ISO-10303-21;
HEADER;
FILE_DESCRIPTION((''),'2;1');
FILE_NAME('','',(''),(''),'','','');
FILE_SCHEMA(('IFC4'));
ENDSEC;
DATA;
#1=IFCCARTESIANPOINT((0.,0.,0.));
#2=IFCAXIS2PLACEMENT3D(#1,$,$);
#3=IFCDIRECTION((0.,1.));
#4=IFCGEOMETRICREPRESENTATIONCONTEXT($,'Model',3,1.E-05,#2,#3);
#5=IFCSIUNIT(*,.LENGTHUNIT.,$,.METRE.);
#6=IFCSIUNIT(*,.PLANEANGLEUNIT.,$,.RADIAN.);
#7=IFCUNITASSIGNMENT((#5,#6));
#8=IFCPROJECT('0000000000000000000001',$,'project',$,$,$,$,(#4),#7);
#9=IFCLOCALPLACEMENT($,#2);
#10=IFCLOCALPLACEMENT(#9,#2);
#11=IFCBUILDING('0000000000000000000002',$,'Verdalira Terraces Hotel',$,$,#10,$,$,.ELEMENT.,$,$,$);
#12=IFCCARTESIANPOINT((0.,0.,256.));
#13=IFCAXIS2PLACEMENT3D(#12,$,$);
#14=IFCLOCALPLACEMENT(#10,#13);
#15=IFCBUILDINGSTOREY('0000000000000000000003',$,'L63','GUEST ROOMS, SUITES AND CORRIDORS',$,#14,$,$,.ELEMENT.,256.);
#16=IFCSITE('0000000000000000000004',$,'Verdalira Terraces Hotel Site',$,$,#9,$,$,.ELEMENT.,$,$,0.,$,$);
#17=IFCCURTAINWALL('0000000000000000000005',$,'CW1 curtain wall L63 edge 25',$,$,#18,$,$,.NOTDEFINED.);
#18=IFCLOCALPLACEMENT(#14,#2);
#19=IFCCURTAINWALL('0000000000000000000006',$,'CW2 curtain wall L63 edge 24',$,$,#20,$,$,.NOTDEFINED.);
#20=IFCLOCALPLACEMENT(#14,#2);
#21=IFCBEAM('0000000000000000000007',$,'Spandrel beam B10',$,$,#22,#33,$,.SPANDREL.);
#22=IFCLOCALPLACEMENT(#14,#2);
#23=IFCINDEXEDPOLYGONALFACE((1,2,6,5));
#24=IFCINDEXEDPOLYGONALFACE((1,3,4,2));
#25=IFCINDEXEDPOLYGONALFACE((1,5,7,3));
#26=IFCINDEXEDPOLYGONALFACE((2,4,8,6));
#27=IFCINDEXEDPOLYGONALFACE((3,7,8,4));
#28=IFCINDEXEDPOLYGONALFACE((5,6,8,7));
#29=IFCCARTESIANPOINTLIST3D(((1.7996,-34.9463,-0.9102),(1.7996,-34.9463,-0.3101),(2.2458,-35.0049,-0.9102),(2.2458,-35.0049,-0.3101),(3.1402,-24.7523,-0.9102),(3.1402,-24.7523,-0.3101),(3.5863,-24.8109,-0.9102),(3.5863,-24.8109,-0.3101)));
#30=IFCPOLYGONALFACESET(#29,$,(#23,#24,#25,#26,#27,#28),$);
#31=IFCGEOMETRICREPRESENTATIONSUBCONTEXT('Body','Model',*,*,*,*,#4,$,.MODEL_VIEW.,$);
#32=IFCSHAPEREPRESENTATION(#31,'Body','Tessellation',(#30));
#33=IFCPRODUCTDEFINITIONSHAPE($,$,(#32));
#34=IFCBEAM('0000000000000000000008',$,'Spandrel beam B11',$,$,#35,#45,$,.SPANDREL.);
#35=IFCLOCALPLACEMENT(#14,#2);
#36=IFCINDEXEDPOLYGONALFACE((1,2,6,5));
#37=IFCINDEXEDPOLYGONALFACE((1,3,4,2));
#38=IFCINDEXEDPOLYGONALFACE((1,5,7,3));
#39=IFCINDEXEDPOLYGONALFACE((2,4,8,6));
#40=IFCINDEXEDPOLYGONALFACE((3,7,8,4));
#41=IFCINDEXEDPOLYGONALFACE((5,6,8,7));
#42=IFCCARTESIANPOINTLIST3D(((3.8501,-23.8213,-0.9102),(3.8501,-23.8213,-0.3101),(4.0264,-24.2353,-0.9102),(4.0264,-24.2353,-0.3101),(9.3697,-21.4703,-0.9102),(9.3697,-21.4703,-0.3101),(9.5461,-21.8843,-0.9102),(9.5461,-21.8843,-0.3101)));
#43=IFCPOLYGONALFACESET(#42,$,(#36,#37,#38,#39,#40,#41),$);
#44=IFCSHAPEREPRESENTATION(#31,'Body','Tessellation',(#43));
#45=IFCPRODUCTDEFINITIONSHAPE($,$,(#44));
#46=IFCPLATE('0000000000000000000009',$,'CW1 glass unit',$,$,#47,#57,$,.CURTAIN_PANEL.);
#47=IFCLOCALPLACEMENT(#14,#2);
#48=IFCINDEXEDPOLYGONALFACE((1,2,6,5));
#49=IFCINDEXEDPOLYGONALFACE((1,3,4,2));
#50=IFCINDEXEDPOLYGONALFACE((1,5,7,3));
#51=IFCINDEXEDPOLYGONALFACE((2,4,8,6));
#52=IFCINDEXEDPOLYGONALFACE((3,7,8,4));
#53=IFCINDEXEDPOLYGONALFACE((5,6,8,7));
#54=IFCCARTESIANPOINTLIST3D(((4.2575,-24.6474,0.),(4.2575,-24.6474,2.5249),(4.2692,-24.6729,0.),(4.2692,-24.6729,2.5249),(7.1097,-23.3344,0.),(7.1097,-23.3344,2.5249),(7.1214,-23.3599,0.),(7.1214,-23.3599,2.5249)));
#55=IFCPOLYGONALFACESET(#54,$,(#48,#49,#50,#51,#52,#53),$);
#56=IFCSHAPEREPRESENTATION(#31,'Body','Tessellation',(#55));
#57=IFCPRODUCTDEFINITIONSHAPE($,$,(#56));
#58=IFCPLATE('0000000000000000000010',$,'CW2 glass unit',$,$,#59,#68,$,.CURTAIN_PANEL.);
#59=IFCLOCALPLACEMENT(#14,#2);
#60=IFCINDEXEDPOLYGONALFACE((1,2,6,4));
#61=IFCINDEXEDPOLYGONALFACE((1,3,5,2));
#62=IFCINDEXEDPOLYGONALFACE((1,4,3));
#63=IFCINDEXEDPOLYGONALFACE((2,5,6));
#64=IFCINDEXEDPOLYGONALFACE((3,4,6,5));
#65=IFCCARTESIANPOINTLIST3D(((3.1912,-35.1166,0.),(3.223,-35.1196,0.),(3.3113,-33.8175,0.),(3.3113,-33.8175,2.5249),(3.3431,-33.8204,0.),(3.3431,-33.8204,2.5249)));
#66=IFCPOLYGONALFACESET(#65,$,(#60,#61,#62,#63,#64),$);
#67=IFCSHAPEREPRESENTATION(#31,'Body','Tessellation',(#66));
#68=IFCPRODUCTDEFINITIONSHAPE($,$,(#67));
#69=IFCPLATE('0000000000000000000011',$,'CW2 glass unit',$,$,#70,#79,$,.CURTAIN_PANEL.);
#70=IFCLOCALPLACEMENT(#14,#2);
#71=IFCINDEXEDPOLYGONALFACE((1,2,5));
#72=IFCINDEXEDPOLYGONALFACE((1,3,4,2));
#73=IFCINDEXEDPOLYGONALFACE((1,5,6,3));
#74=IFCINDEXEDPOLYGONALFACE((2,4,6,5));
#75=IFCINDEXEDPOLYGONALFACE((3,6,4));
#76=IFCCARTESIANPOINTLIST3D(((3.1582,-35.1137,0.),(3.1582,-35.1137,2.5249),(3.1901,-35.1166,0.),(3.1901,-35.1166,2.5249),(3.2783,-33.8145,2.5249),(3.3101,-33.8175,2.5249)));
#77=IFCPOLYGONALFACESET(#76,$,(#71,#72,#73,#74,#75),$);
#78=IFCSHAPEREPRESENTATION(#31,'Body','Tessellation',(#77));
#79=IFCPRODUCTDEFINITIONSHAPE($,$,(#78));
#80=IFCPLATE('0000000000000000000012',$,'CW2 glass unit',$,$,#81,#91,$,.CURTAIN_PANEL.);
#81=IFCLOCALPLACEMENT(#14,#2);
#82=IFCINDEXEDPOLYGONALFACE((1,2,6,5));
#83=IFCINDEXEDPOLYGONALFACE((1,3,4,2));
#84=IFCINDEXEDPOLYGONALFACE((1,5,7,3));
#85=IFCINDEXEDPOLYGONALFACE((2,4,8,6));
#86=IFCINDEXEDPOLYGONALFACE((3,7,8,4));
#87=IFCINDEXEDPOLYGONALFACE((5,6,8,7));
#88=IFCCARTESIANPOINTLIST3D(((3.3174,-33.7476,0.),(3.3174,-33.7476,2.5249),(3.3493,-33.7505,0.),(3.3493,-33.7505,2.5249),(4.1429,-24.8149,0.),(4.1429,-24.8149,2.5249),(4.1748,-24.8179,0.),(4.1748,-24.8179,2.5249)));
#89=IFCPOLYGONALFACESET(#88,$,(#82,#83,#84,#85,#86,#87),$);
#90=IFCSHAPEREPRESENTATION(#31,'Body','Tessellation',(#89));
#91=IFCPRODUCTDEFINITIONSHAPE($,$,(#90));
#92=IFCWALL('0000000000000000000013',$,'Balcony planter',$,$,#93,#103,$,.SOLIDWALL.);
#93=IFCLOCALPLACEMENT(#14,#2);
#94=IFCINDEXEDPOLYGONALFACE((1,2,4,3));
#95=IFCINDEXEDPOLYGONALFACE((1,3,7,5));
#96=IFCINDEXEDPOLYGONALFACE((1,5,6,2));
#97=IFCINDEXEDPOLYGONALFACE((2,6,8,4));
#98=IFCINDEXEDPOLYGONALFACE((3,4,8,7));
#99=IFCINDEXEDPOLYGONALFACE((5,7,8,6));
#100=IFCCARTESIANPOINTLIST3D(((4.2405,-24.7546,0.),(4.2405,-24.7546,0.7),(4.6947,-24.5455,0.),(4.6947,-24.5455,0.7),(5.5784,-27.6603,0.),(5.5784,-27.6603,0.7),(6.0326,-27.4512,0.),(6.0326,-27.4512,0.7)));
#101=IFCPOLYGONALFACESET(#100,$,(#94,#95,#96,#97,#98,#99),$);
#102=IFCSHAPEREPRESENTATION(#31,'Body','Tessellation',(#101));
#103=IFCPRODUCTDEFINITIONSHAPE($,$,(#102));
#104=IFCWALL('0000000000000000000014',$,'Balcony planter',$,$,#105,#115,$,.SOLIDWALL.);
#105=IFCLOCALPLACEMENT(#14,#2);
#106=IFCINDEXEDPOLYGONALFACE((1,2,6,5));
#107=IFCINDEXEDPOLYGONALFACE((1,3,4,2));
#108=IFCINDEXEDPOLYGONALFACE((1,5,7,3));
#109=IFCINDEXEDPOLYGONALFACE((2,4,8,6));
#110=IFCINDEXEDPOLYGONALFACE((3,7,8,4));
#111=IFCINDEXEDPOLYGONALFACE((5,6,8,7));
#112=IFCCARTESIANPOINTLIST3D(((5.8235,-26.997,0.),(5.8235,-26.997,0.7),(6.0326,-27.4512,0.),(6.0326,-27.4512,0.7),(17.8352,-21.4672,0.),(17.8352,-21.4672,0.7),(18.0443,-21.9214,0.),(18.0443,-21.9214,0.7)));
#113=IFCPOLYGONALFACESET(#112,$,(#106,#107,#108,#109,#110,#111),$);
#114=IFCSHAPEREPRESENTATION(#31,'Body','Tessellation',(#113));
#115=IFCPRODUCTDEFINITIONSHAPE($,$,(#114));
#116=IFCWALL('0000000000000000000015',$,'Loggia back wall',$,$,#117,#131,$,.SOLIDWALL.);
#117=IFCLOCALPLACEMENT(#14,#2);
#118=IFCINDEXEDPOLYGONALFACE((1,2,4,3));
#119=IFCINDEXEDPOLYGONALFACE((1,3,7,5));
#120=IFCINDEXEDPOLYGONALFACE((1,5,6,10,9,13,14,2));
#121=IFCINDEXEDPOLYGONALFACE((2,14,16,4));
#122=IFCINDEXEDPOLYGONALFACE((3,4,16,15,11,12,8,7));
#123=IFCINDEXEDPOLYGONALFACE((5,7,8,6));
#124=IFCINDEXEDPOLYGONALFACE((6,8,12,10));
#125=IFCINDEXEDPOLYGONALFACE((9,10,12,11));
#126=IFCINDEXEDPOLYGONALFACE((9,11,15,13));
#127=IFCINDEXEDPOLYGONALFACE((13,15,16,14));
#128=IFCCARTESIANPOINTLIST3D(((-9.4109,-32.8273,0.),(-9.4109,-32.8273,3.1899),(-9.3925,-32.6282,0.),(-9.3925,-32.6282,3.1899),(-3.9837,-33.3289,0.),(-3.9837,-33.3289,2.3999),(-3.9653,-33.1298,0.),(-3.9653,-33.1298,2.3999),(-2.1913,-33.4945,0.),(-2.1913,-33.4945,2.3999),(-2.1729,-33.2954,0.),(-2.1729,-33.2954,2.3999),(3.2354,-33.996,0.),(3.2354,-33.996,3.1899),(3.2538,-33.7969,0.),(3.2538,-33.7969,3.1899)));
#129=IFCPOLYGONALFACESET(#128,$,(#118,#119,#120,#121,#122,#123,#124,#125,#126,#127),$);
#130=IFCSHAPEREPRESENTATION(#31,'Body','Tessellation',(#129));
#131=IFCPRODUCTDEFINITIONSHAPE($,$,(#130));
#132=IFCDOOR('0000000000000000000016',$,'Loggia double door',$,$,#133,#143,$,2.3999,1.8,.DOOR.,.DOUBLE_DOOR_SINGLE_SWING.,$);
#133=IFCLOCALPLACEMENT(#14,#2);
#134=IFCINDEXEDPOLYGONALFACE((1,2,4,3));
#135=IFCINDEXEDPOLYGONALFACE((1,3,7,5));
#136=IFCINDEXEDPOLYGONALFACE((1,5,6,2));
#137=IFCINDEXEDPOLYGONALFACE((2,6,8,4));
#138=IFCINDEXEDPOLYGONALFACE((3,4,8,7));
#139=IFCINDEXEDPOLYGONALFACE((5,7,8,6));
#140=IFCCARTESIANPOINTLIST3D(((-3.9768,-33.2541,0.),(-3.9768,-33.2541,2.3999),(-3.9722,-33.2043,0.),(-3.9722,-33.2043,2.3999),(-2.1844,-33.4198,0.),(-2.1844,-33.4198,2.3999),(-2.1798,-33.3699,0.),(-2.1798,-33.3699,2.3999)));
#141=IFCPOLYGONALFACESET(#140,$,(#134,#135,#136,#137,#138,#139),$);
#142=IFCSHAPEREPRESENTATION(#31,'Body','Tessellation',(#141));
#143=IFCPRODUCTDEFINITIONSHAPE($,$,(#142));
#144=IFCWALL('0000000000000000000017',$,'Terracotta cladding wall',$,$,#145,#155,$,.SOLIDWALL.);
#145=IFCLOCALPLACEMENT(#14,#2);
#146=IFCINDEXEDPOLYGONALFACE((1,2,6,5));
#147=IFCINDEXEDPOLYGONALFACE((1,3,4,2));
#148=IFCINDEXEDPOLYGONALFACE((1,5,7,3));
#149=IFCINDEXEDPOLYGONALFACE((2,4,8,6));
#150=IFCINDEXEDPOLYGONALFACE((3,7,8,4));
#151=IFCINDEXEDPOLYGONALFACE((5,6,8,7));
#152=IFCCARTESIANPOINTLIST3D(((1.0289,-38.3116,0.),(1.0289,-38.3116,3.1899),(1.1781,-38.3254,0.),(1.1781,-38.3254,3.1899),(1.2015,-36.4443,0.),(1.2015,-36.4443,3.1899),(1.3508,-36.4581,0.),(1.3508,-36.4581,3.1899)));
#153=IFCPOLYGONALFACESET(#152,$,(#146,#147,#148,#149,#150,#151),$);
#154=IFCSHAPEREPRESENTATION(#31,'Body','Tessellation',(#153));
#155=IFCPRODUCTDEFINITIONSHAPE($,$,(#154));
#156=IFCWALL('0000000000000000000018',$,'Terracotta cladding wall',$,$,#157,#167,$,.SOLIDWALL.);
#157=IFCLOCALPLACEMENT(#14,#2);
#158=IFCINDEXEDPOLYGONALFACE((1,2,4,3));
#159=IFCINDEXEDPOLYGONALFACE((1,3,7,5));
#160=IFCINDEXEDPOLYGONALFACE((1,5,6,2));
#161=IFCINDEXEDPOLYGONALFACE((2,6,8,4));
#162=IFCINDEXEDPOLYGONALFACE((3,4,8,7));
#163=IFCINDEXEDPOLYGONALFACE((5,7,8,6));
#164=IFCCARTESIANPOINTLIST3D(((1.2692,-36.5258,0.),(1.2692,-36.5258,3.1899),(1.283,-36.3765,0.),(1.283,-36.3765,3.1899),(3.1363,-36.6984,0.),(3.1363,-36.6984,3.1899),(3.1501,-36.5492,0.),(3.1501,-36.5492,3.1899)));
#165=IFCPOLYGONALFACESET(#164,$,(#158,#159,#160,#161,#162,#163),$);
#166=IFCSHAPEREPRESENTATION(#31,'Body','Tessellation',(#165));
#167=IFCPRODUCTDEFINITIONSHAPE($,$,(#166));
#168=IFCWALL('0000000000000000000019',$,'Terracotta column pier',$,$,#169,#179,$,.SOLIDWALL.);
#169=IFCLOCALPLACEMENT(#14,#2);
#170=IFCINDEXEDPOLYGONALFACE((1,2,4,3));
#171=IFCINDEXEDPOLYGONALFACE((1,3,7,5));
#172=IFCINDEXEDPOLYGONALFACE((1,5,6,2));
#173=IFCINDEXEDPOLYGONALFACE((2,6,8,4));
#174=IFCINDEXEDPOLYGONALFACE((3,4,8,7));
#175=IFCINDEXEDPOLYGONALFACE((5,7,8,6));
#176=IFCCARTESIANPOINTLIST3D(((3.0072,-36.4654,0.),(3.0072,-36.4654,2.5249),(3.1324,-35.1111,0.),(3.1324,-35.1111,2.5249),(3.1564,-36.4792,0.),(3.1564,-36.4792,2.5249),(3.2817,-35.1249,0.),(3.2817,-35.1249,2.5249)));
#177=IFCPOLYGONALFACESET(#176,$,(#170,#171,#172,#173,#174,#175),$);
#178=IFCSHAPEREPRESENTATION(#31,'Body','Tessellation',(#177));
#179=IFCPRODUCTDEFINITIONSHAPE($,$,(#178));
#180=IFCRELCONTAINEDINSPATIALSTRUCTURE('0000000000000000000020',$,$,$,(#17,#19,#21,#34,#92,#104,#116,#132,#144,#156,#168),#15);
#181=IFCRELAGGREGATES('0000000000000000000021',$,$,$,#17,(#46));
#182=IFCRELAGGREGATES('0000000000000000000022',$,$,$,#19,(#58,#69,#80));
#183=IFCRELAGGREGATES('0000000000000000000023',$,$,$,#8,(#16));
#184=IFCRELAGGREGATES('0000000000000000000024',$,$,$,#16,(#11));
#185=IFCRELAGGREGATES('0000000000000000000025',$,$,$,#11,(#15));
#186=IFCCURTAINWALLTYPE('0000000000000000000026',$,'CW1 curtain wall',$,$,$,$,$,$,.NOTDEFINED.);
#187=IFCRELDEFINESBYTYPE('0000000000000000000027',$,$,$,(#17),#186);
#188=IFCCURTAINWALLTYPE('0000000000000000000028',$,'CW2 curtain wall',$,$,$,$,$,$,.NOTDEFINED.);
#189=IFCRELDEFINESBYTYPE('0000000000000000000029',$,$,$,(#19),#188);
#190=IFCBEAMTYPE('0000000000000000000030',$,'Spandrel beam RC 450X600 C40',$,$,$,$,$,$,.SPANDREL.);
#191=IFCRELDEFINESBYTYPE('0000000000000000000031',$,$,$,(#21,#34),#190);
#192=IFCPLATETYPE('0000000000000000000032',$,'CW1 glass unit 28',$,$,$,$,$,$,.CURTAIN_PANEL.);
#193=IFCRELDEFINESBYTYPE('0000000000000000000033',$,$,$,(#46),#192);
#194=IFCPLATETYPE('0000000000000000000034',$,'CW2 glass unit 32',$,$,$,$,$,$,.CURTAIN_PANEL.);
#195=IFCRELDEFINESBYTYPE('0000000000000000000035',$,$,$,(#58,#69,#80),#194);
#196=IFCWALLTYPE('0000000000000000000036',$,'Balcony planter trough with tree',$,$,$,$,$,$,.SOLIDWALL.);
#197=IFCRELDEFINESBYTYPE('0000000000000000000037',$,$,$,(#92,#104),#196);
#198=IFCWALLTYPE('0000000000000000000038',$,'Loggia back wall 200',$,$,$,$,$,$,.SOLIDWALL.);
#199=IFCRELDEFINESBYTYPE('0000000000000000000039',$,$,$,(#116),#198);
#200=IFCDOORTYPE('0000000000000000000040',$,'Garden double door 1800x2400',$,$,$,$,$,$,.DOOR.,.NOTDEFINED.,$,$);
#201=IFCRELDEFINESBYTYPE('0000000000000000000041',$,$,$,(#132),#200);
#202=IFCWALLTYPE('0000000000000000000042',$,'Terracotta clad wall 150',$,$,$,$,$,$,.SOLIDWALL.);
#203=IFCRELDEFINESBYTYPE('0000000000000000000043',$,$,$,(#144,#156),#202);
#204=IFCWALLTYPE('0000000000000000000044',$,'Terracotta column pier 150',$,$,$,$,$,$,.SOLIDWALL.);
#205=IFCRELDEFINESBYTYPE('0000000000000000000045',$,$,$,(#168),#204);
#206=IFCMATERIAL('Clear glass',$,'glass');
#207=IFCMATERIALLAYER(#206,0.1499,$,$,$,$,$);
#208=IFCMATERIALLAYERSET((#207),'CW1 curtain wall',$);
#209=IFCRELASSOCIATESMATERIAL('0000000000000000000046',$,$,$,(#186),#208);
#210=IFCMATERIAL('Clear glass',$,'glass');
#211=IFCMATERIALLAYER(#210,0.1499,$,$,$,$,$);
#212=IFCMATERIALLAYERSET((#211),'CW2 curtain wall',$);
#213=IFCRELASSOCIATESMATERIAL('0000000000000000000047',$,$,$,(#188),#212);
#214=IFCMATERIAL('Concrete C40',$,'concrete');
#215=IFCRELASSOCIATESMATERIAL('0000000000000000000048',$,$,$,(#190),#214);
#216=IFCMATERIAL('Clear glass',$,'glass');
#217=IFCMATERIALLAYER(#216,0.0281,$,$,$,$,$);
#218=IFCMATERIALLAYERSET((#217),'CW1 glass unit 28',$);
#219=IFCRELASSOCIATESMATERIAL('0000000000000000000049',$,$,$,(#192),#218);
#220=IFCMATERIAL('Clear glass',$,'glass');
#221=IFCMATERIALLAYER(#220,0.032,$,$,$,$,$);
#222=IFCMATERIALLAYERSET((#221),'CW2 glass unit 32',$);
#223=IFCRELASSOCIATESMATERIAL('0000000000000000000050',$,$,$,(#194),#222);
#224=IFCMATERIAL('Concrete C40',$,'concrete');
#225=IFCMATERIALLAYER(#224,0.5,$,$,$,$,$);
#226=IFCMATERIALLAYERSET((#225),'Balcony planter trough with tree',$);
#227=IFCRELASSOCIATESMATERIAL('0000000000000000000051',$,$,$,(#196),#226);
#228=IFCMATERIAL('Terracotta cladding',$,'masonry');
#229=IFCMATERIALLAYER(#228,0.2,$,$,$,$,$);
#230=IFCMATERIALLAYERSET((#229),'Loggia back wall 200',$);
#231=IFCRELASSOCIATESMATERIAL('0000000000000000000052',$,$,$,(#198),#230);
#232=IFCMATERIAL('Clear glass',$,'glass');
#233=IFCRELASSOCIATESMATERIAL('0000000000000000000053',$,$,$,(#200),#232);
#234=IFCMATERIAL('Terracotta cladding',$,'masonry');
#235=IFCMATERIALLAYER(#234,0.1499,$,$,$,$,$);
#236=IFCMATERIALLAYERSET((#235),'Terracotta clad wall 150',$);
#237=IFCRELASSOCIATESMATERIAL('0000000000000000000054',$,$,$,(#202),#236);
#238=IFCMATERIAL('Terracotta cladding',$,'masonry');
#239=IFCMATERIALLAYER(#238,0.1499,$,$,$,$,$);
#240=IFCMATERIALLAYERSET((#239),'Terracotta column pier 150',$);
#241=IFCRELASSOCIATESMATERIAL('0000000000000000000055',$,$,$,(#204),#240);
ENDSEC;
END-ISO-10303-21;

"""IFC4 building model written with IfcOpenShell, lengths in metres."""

from ifc_helpers import new_model, si_unit, direction, frame, frame_2d, origin, origin_2d, place, context, subcontext, project, spatial, polyline, rectangle, outline, extrude, material, layer, layer_set, material_profile, profile_set, type_object, element, fill, aggregate, save


model = new_model("IFC4")

# Units and contexts
model_context = context("Model", 3, precision=1e-05, world=origin(), true_north=direction((0.0, 1.0)))
body_context = subcontext(model_context, "Body", "Model", "MODEL_VIEW")
ifc_project = project(units=[si_unit("LENGTHUNIT", "METRE"), si_unit("PLANEANGLEUNIT", "RADIAN")], contexts=[model_context])

# Site, building, storey
site_placement = place(None, origin())
site = spatial("IfcSite", under=ifc_project, at=site_placement, Name="Verdalira Terraces Hotel Site", CompositionType="ELEMENT", RefElevation=0.0)
building_placement = place(site_placement, origin())
building = spatial("IfcBuilding", under=site, at=building_placement, Name="Verdalira Terraces Hotel", CompositionType="ELEMENT")
storey_placement = place(building_placement, frame((0.0, 0.0, 256.0)))
storey = spatial("IfcBuildingStorey", under=building, at=storey_placement, Name="L63", Description="GUEST ROOMS, SUITES AND CORRIDORS", CompositionType="ELEMENT", Elevation=256.0)

# Curtain walls
ifc_material_1 = material(Name="Clear glass", Category="glass")
ifc_layer_1 = layer(ifc_material_1, 0.1499)
ifc_layer_set_1 = layer_set([ifc_layer_1], Name="CW1 curtain wall")
curtain_wall_type_1 = type_object("IfcCurtainWallType", Name="CW1 curtain wall", PredefinedType="NOTDEFINED", material=ifc_layer_set_1)
curtain_wall_1_placement = place(storey_placement, origin())
curtain_wall_1 = element("IfcCurtainWall", 1, at=curtain_wall_1_placement, inside=storey, type_object=curtain_wall_type_1, Name="CW1 curtain wall L63 edge 25", PredefinedType="NOTDEFINED")
ifc_material_2 = material(Name="Clear glass", Category="glass")
ifc_layer_2 = layer(ifc_material_2, 0.1499)
ifc_layer_set_2 = layer_set([ifc_layer_2], Name="CW2 curtain wall")
curtain_wall_type_2 = type_object("IfcCurtainWallType", Name="CW2 curtain wall", PredefinedType="NOTDEFINED", material=ifc_layer_set_2)
curtain_wall_2_placement = place(storey_placement, origin())
curtain_wall_2 = element("IfcCurtainWall", 2, at=curtain_wall_2_placement, inside=storey, type_object=curtain_wall_type_2, Name="CW2 curtain wall L63 edge 24", PredefinedType="NOTDEFINED")

# Beams
ifc_material_3 = material(Name="Concrete C40", Category="concrete")
ifc_material_profile_1 = material_profile(ifc_material_3, rectangle(XDim=0.45, YDim=0.6001, at=origin_2d()), Name="RC 450X600")
ifc_profile_set_1 = profile_set([ifc_material_profile_1], Name="Concrete C40")
beam_type_1 = type_object("IfcBeamType", Name="Spandrel beam RC 450X600 C40", PredefinedType="SPANDREL", material=ifc_profile_set_1)
beam_1_placement = place(storey_placement, frame((2.0227, -34.9756, -0.6101), z_axis=(0.130383, 0.991464, 0.0), x_axis=(-0.991464, 0.130383, 0.0)))
element("IfcBeam", 3, at=beam_1_placement, inside=storey, type_object=beam_type_1, Name="Spandrel beam B10", PredefinedType="SPANDREL", context=body_context, shape_type="SweptSolid", body=[
    extrude(rectangle(XDim=0.45, YDim=0.6001, at=origin_2d()), origin(), (0.0, 0.0, 1.0), 10.2817),
])
beam_2_placement = place(storey_placement, frame((3.9382, -24.0283, -0.6101), z_axis=(0.92002, 0.39187, 0.0), x_axis=(-0.39187, 0.92002, 0.0)))
element("IfcBeam", 4, at=beam_2_placement, inside=storey, type_object=beam_type_1, Name="Spandrel beam B11", PredefinedType="SPANDREL", context=body_context, shape_type="SweptSolid", body=[
    extrude(rectangle(XDim=0.45, YDim=0.6001, at=origin_2d()), origin(), (0.0, 0.0, 1.0), 5.9995),
])

# Plates
ifc_material_4 = material(Name="Clear glass", Category="glass")
ifc_layer_3 = layer(ifc_material_4, 0.0281)
ifc_layer_set_3 = layer_set([ifc_layer_3], Name="CW1 glass unit 28")
plate_type_1 = type_object("IfcPlateType", Name="CW1 glass unit 28", PredefinedType="CURTAIN_PANEL", material=ifc_layer_set_3)
plate_1_placement = place(storey_placement, frame((5.6895, -24.0037, 0.0), z_axis=(0.0, 0.0, 1.0), x_axis=(0.908362, 0.418184, 0.0)))
plate_1 = element("IfcPlate", 5, at=plate_1_placement, type_object=plate_type_1, Name="CW1 glass unit", PredefinedType="CURTAIN_PANEL", context=body_context, shape_type="SweptSolid", body=[
    extrude(rectangle(XDim=3.1399, YDim=0.0281, at=origin_2d()), origin(), (0.0, 0.0, 1.0), 2.5249),
])
aggregate(curtain_wall_1, [plate_1])
ifc_material_5 = material(Name="Clear glass", Category="glass")
ifc_layer_4 = layer(ifc_material_5, 0.032)
ifc_layer_set_4 = layer_set([ifc_layer_4], Name="CW2 glass unit 32")
plate_type_2 = type_object("IfcPlateType", Name="CW2 glass unit 32", PredefinedType="CURTAIN_PANEL", material=ifc_layer_set_4)
plate_2_placement = place(storey_placement, frame((3.2512, -34.467, 1.2625), z_axis=(0.995757, -0.092023, 0.0), x_axis=(0.092023, 0.995757, 0.0)))
plate_2 = element("IfcPlate", 6, at=plate_2_placement, type_object=plate_type_2, Name="CW2 glass unit", PredefinedType="CURTAIN_PANEL", context=body_context, shape_type="SweptSolid", body=[
    extrude(outline(polyline([(-0.6523, -1.2625), (0.6523, -1.2625), (0.6523, 1.2625), (-0.6523, -1.2625)])), origin(), (0.0, 0.0, 1.0), 0.032),
])
plate_3_placement = place(storey_placement, frame((3.2183, -34.4641, 1.2625), z_axis=(0.995757, -0.092023, 0.0), x_axis=(0.092023, 0.995757, 0.0)))
plate_3 = element("IfcPlate", 7, at=plate_3_placement, type_object=plate_type_2, Name="CW2 glass unit", PredefinedType="CURTAIN_PANEL", context=body_context, shape_type="SweptSolid", body=[
    extrude(outline(polyline([(-0.6523, -1.2625), (0.6523, 1.2625), (-0.6523, 1.2625), (-0.6523, -1.2625)])), origin(), (0.0, 0.0, 1.0), 0.032),
])
plate_4_placement = place(storey_placement, frame((3.7461, -29.2827, 0.0), z_axis=(0.0, 0.0, 1.0), x_axis=(0.092023, 0.995757, 0.0)))
plate_4 = element("IfcPlate", 8, at=plate_4_placement, type_object=plate_type_2, Name="CW2 glass unit", PredefinedType="CURTAIN_PANEL", context=body_context, shape_type="SweptSolid", body=[
    extrude(rectangle(XDim=8.9707, YDim=0.032, at=origin_2d()), origin(), (0.0, 0.0, 1.0), 2.5249),
])
aggregate(curtain_wall_2, [plate_2, plate_3, plate_4])

# Walls
ifc_material_6 = material(Name="Concrete C40", Category="concrete")
ifc_layer_5 = layer(ifc_material_6, 0.5)
ifc_layer_set_5 = layer_set([ifc_layer_5], Name="Balcony planter trough with tree")
wall_type_1 = type_object("IfcWallType", Name="Balcony planter trough with tree", PredefinedType="SOLIDWALL", material=ifc_layer_set_5)
wall_1_placement = place(storey_placement, frame((4.4675, -24.6499, 0.0), z_axis=(0.0, 0.0, 1.0), x_axis=(0.418226, -0.908343, 0.0)))
element("IfcWall", 9, at=wall_1_placement, inside=storey, type_object=wall_type_1, Name="Balcony planter", PredefinedType="SOLIDWALL", context=body_context, shape_type="SweptSolid", body=[
    extrude(rectangle(XDim=3.199, YDim=0.5, at=frame_2d((1.5996, 0.0))), origin(), (0.0, 0.0, 1.0), 0.7),
])
wall_2_placement = place(storey_placement, frame((5.928, -27.2241, 0.0), z_axis=(0.0, 0.0, 1.0), x_axis=(0.908364, 0.41818, 0.0)))
element("IfcWall", 10, at=wall_2_placement, inside=storey, type_object=wall_type_1, Name="Balcony planter", PredefinedType="SOLIDWALL", context=body_context, shape_type="SweptSolid", body=[
    extrude(rectangle(XDim=13.2234, YDim=0.5, at=frame_2d((6.6118, 0.0))), origin(), (0.0, 0.0, 1.0), 0.7),
])

# Wall, opening, door
ifc_material_7 = material(Name="Terracotta cladding", Category="masonry")
ifc_layer_6 = layer(ifc_material_7, 0.2)
ifc_layer_set_6 = layer_set([ifc_layer_6], Name="Loggia back wall 200")
wall_type_2 = type_object("IfcWallType", Name="Loggia back wall 200", PredefinedType="SOLIDWALL", material=ifc_layer_set_6)
wall_3_placement = place(storey_placement, frame((3.2446, -33.8965, 0.0), z_axis=(0.0, 0.0, 1.0), x_axis=(-0.995757, 0.092023, 0.0)))
wall_3 = element("IfcWall", 11, at=wall_3_placement, inside=storey, type_object=wall_type_2, Name="Loggia back wall", PredefinedType="SOLIDWALL", context=body_context, shape_type="SweptSolid", body=[
    extrude(rectangle(XDim=12.7002, YDim=0.2, at=frame_2d((6.3501, 0.0))), origin(), (0.0, 0.0, 1.0), 3.1899),
])
opening_1_placement = place(wall_3_placement, frame((5.45, 0.0, 0.0)))
opening_1 = element("IfcOpeningElement", 12, at=opening_1_placement, cuts=wall_3, PredefinedType="OPENING", context=body_context, shape_type="SweptSolid", body=[
    extrude(rectangle(XDim=1.8, YDim=2.3999, at=frame_2d((0.8999, 1.2))), frame((0.0, 0.1099, 0.0), z_axis=(0.0, -1.0, 0.0), x_axis=(1.0, 0.0, 0.0)), (0.0, 0.0, 1.0), 0.22),
])
ifc_material_8 = material(Name="Clear glass", Category="glass")
door_type_1 = type_object("IfcDoorType", Name="Garden double door 1800x2400", OperationType="NOTDEFINED", PredefinedType="DOOR", material=ifc_material_8)
door_1_placement = place(opening_1_placement, origin())
door_1 = element("IfcDoor", 13, at=door_1_placement, inside=storey, type_object=door_type_1, Name="Loggia double door", OperationType="DOUBLE_DOOR_SINGLE_SWING", OverallHeight=2.3999, OverallWidth=1.8, PredefinedType="DOOR", context=body_context, shape_type="SweptSolid", body=[
    extrude(rectangle(XDim=1.8, YDim=2.3999, at=frame_2d((0.8999, 1.2))), frame((0.0, 0.0249, 0.0), z_axis=(0.0, -1.0, 0.0), x_axis=(1.0, 0.0, 0.0)), (0.0, 0.0, 1.0), 0.05),
])
fill(opening_1, door_1)

# Walls
ifc_material_9 = material(Name="Terracotta cladding", Category="masonry")
ifc_layer_7 = layer(ifc_material_9, 0.1499)
ifc_layer_set_7 = layer_set([ifc_layer_7], Name="Terracotta clad wall 150")
wall_type_3 = type_object("IfcWallType", Name="Terracotta clad wall 150", PredefinedType="SOLIDWALL", material=ifc_layer_set_7)
wall_4_placement = place(storey_placement, frame((1.1035, -38.3184, 0.0), z_axis=(0.0, 0.0, 1.0), x_axis=(0.09205, 0.995754, 0.0)))
element("IfcWall", 14, at=wall_4_placement, inside=storey, type_object=wall_type_3, Name="Terracotta cladding wall", PredefinedType="SOLIDWALL", context=body_context, shape_type="SweptSolid", body=[
    extrude(rectangle(XDim=1.8752, YDim=0.1499, at=frame_2d((0.9375, 0.0))), origin(), (0.0, 0.0, 1.0), 3.1899),
])
wall_5_placement = place(storey_placement, frame((1.2761, -36.4512, 0.0), z_axis=(0.0, 0.0, 1.0), x_axis=(0.995753, -0.092062, 0.0)))
element("IfcWall", 15, at=wall_5_placement, inside=storey, type_object=wall_type_3, Name="Terracotta cladding wall", PredefinedType="SOLIDWALL", context=body_context, shape_type="SweptSolid", body=[
    extrude(rectangle(XDim=1.875, YDim=0.1499, at=frame_2d((0.9375, 0.0))), origin(), (0.0, 0.0, 1.0), 3.1899),
])
ifc_material_10 = material(Name="Terracotta cladding", Category="masonry")
ifc_layer_8 = layer(ifc_material_10, 0.1499)
ifc_layer_set_8 = layer_set([ifc_layer_8], Name="Terracotta column pier 150")
wall_type_4 = type_object("IfcWallType", Name="Terracotta column pier 150", PredefinedType="SOLIDWALL", material=ifc_layer_set_8)
wall_6_placement = place(storey_placement, frame((3.0818, -36.4724, 0.0), z_axis=(0.0, 0.0, 1.0), x_axis=(0.092089, 0.995751, 0.0)))
element("IfcWall", 16, at=wall_6_placement, inside=storey, type_object=wall_type_4, Name="Terracotta column pier", PredefinedType="SOLIDWALL", context=body_context, shape_type="SweptSolid", body=[
    extrude(rectangle(XDim=1.3601, YDim=0.1499, at=frame_2d((0.6802, 0.0))), origin(), (0.0, 0.0, 1.0), 2.5249),
])

save(model, "model.ifc")
